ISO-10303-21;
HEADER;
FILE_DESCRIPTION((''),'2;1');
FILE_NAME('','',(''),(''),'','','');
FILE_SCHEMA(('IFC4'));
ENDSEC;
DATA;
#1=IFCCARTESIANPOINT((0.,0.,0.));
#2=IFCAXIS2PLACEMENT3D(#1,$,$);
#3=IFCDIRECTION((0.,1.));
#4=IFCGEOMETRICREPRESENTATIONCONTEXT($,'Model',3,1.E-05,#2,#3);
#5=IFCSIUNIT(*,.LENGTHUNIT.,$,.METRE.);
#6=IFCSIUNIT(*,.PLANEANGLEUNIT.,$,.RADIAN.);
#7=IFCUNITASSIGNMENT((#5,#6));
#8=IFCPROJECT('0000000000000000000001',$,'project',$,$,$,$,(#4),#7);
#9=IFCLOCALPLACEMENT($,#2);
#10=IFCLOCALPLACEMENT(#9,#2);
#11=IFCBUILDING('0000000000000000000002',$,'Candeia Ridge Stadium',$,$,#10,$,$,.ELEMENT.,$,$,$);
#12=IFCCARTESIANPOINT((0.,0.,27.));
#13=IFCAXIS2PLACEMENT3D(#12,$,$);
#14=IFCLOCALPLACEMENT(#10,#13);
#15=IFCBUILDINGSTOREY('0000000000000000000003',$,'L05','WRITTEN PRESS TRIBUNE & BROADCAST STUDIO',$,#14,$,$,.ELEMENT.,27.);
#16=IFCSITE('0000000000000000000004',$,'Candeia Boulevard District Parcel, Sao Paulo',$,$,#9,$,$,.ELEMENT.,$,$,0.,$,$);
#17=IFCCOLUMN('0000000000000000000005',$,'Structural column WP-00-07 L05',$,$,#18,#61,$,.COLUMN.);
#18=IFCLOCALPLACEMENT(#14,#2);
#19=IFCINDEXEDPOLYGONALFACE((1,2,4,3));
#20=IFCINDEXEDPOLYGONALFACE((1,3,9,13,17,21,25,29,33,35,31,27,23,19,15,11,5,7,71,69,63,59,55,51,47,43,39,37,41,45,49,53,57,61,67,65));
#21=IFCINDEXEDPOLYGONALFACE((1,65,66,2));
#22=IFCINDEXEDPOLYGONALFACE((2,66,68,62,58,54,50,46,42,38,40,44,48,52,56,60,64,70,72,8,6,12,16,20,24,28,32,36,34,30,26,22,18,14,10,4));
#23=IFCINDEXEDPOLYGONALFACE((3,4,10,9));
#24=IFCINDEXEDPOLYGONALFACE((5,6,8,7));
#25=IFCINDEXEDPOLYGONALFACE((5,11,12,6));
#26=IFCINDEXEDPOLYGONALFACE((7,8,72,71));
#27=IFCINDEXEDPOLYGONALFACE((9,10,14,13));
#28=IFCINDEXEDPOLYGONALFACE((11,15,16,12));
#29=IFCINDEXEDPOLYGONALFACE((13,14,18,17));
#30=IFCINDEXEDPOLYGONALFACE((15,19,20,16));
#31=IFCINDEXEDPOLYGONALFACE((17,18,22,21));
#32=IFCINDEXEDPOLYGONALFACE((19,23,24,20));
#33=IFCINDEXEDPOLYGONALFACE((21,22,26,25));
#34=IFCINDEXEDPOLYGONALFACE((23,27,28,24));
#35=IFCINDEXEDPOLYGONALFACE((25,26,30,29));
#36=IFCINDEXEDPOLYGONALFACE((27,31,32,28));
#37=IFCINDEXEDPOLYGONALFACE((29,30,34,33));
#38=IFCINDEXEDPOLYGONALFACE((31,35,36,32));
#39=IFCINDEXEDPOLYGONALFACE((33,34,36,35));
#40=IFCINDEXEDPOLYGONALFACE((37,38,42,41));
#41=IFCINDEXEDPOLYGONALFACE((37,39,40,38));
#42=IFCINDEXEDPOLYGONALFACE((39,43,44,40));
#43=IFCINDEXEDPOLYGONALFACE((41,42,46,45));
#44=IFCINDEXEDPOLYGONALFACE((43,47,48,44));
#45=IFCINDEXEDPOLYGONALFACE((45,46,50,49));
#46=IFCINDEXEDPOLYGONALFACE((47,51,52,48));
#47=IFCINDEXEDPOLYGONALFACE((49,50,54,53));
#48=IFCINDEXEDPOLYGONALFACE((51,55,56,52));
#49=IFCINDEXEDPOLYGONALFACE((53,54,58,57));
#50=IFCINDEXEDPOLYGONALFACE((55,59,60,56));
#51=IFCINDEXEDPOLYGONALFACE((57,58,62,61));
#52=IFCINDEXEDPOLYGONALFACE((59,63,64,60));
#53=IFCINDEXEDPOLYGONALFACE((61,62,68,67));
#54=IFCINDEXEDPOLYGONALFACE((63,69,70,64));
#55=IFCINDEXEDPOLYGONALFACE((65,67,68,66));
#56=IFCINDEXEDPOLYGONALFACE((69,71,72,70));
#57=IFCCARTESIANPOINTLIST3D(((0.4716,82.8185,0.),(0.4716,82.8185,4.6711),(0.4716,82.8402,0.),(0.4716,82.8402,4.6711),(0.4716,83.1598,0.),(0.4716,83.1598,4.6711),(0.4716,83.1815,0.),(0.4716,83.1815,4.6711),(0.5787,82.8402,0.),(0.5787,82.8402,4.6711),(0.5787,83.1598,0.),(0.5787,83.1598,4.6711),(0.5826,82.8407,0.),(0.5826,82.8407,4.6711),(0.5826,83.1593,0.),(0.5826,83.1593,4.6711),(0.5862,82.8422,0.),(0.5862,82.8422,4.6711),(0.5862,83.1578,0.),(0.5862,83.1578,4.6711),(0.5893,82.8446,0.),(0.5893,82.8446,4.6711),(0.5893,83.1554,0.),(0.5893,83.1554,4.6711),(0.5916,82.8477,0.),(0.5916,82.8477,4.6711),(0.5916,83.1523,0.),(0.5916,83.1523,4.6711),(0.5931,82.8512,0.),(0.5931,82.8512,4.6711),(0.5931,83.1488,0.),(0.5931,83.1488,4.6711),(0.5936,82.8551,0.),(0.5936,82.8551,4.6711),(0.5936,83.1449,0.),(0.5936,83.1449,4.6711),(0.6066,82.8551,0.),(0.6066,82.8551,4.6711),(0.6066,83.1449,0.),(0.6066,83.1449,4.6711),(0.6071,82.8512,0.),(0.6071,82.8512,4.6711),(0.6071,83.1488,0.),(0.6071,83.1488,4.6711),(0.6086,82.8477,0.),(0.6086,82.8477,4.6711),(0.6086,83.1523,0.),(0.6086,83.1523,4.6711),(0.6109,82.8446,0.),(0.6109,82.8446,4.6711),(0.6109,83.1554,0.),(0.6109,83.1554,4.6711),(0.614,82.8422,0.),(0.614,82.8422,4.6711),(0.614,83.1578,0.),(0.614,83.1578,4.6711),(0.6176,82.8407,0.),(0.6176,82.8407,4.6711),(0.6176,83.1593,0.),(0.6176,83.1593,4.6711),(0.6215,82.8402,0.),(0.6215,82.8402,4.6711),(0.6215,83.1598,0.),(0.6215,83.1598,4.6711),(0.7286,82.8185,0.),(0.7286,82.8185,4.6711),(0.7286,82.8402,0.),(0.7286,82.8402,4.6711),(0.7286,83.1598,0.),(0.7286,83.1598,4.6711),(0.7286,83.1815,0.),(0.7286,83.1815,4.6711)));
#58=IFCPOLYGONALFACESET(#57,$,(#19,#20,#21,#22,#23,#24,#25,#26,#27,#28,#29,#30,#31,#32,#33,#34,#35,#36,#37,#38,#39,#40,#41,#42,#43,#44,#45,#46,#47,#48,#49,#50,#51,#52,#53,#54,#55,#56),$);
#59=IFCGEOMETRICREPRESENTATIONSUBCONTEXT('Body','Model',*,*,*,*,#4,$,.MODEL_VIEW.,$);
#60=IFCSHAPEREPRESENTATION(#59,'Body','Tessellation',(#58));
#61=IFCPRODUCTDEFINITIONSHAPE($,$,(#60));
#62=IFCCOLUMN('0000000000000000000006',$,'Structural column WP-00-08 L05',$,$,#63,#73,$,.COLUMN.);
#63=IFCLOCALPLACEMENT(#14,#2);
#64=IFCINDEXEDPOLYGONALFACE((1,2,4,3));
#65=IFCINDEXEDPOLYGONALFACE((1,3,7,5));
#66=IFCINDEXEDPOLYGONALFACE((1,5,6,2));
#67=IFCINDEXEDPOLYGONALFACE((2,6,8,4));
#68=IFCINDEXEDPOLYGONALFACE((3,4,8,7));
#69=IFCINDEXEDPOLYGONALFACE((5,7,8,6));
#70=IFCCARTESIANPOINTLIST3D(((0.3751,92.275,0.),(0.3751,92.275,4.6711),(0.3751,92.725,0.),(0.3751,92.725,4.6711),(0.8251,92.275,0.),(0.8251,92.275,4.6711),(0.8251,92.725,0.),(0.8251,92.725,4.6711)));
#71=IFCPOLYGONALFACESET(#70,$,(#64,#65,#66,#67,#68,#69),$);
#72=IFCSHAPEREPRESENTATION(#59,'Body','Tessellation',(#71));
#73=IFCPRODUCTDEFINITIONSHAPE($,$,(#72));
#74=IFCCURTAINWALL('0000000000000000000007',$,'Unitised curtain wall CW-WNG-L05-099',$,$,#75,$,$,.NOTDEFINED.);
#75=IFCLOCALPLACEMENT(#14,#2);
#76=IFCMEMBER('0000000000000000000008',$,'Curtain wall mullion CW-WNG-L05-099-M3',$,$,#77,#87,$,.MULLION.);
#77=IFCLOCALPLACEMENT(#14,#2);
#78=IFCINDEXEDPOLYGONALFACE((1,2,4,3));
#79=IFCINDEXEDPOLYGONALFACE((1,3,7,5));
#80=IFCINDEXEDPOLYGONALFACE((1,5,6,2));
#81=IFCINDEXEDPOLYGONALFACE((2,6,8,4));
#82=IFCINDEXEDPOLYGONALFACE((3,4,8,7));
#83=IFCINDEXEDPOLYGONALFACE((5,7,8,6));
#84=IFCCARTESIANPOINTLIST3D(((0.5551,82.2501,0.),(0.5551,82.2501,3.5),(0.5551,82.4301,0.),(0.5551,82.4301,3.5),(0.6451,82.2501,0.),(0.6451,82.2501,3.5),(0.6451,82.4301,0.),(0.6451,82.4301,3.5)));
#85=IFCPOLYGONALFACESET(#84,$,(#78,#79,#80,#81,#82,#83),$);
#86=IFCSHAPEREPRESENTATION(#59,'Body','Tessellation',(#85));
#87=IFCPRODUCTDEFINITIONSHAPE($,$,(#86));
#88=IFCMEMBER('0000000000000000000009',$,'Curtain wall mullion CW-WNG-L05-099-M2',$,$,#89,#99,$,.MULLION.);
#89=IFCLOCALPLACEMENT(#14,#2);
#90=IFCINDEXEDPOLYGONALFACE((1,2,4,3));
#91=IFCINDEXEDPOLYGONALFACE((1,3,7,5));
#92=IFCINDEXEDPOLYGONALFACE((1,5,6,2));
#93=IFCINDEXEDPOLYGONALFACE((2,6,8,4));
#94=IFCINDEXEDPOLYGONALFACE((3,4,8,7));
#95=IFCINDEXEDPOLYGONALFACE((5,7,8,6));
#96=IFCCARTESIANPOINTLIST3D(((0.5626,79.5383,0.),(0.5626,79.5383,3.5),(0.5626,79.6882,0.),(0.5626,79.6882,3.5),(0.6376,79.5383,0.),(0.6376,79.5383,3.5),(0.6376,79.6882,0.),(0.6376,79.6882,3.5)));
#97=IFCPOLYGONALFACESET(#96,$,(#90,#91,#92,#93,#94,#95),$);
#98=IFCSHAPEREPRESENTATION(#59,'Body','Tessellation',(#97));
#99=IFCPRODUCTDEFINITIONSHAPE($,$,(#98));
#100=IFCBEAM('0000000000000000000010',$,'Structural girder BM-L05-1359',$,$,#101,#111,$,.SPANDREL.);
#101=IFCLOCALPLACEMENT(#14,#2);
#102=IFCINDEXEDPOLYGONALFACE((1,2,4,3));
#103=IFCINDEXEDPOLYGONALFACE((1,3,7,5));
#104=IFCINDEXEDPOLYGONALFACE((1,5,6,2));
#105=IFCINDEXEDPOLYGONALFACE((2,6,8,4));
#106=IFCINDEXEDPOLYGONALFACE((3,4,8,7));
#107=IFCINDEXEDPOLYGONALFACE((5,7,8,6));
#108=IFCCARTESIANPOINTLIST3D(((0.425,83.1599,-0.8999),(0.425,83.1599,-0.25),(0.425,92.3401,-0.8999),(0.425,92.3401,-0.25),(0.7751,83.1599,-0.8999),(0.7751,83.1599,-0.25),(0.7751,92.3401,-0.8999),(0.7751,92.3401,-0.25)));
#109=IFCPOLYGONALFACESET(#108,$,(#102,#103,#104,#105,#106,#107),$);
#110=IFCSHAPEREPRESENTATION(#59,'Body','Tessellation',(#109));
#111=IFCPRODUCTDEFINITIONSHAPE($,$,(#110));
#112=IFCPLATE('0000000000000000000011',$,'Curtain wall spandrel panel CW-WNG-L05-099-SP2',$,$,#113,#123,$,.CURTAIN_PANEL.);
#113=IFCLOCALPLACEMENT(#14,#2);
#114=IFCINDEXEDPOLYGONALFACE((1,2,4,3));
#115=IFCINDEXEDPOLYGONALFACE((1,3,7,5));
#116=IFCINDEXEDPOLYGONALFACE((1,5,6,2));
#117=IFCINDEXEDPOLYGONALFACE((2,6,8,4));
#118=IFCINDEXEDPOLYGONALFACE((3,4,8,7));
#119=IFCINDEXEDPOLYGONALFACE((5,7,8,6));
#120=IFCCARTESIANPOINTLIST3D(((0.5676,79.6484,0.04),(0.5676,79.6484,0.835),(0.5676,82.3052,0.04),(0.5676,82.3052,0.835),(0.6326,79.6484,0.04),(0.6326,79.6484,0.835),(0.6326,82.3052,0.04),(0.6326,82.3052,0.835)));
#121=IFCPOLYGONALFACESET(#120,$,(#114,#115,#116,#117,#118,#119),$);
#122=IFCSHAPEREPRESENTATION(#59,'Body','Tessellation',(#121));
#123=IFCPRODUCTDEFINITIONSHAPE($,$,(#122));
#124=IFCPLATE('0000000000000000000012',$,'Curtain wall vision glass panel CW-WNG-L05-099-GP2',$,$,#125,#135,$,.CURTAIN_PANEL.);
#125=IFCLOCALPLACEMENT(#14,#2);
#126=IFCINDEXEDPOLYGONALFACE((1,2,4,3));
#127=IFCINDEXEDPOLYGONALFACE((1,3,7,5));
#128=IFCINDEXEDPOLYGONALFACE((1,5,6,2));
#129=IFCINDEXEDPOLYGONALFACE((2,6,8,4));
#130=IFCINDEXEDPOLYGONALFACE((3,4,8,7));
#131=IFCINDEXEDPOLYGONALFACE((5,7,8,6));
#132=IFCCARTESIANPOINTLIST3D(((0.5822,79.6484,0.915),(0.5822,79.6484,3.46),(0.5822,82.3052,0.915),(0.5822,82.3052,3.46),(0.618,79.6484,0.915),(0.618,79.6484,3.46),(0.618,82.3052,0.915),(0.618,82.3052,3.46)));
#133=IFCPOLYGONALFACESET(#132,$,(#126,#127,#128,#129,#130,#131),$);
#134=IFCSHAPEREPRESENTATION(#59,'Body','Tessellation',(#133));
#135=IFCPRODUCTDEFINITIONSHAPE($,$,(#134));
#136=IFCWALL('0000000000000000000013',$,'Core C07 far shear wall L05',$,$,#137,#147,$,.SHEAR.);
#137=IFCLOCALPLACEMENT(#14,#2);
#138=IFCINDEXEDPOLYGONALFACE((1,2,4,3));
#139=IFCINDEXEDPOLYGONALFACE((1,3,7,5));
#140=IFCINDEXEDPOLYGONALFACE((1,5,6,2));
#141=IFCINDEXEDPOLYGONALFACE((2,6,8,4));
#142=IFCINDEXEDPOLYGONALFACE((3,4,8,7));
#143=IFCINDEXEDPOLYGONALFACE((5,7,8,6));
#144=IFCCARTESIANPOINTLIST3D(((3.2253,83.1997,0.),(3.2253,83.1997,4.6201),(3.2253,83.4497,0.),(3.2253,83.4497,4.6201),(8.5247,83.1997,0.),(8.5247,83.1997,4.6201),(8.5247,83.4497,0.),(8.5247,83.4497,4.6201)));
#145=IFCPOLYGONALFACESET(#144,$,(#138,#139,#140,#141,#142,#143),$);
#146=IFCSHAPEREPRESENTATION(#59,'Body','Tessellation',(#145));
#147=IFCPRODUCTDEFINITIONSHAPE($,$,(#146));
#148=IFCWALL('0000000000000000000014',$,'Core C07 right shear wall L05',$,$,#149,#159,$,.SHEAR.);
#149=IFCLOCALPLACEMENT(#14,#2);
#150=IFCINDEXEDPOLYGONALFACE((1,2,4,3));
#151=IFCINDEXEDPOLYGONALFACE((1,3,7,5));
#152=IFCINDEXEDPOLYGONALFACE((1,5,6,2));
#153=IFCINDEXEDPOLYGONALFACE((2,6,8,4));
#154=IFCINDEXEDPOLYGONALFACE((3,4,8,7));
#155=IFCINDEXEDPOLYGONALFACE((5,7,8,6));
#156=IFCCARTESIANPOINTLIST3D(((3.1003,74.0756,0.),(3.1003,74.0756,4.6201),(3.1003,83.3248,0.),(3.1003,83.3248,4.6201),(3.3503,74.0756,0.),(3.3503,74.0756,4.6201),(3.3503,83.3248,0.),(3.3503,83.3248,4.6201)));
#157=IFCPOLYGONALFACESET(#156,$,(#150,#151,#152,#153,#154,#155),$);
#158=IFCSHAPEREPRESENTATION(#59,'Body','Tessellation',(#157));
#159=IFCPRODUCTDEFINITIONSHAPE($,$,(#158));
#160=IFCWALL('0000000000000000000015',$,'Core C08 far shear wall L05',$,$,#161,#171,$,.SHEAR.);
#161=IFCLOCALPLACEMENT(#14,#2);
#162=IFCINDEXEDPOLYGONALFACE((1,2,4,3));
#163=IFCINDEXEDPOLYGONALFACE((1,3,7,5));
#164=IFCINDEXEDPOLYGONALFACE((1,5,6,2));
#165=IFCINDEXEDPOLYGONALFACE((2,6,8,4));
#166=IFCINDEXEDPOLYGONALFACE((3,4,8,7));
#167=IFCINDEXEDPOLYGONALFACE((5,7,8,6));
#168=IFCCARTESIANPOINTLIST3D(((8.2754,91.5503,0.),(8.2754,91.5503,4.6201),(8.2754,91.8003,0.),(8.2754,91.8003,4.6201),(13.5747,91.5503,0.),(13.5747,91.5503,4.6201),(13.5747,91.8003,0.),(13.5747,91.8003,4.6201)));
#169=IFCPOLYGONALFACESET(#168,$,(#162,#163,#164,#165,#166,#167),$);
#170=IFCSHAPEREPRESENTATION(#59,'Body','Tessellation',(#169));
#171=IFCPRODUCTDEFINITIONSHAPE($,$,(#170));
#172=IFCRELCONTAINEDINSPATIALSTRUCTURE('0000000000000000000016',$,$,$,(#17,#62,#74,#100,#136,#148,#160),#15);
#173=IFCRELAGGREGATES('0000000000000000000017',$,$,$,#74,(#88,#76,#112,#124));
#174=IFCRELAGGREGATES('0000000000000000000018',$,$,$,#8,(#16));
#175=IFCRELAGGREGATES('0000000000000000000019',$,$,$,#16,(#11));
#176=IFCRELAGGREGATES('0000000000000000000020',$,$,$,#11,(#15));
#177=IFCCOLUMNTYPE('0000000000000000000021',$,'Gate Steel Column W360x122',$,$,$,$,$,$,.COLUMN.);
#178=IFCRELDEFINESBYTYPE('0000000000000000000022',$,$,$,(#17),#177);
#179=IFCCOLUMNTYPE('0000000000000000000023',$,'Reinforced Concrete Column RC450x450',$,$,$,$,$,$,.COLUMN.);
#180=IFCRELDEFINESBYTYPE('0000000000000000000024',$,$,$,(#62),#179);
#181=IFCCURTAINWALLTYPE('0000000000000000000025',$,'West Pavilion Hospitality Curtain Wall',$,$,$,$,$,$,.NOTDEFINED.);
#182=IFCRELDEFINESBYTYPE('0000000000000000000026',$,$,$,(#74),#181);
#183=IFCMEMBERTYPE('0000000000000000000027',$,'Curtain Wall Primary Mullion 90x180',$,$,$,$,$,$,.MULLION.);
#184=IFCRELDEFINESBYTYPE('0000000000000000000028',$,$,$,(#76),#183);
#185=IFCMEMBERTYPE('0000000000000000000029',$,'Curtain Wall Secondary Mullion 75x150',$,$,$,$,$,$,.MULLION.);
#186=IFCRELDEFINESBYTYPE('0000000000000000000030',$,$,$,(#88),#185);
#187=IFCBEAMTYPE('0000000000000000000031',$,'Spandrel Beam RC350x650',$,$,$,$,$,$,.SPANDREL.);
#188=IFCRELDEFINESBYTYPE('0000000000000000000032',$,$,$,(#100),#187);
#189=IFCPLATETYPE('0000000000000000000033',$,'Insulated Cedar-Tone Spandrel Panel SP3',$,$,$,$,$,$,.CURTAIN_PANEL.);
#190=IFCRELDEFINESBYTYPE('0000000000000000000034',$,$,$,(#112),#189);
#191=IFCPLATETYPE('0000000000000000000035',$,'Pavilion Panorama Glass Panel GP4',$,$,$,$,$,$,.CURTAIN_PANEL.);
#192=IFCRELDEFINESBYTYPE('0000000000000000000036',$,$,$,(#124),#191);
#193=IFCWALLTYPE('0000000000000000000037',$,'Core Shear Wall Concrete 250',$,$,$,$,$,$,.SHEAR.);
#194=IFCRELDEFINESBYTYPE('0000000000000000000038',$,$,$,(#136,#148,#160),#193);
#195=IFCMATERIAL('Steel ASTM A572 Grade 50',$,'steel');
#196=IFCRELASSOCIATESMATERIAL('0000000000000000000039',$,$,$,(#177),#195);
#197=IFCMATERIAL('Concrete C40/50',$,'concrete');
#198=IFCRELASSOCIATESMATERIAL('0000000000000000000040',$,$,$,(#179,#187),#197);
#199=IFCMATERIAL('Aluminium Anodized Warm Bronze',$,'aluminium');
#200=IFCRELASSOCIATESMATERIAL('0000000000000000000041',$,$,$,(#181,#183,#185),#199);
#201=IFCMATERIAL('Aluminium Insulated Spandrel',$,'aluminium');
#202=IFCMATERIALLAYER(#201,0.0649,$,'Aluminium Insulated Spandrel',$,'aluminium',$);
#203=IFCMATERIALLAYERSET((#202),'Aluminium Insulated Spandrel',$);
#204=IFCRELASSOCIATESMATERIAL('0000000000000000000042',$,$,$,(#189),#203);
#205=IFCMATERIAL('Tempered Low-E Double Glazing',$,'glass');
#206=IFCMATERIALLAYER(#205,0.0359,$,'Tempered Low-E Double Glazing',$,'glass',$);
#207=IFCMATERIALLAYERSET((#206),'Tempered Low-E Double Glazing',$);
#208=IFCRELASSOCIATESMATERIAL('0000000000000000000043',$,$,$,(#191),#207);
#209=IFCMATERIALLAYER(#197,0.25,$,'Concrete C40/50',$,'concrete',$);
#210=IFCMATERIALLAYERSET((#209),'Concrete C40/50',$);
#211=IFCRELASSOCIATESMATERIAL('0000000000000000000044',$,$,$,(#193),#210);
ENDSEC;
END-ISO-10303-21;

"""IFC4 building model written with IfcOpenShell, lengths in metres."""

from ifc_helpers import new_model, si_unit, direction, frame, frame_2d, origin, origin_2d, place, context, subcontext, project, spatial, rectangle, i_section, extrude, material, layer, layer_set, material_profile, profile_set, type_object, element, aggregate, save


model = new_model("IFC4")

# Units and contexts
model_context = context("Model", 3, precision=1e-05, world=origin(), true_north=direction((0.0, 1.0)))
body_context = subcontext(model_context, "Body", "Model", "MODEL_VIEW")
ifc_project = project(units=[si_unit("LENGTHUNIT", "METRE"), si_unit("PLANEANGLEUNIT", "RADIAN")], contexts=[model_context])

# Site, building, storey
site_placement = place(None, origin())
site = spatial("IfcSite", under=ifc_project, at=site_placement, Name="Candeia Boulevard District Parcel, Sao Paulo", CompositionType="ELEMENT", RefElevation=0.0)
building_placement = place(site_placement, origin())
building = spatial("IfcBuilding", under=site, at=building_placement, Name="Candeia Ridge Stadium", CompositionType="ELEMENT")
storey_placement = place(building_placement, frame((0.0, 0.0, 27.0)))
storey = spatial("IfcBuildingStorey", under=building, at=storey_placement, Name="L05", Description="WRITTEN PRESS TRIBUNE & BROADCAST STUDIO", CompositionType="ELEMENT", Elevation=27.0)

# Columns
ifc_material_1 = material(Name="Steel ASTM A572 Grade 50", Category="steel")
ifc_material_profile_1 = material_profile(ifc_material_1, i_section(OverallWidth=0.2571, OverallDepth=0.363, WebThickness=0.0129, FlangeThickness=0.0217, FilletRadius=0.0149, at=origin_2d()), Name="W360x122", Category="steel")
ifc_profile_set_1 = profile_set([ifc_material_profile_1], Name="Steel ASTM A572 Grade 50")
column_type_1 = type_object("IfcColumnType", Name="Gate Steel Column W360x122", PredefinedType="COLUMN", material=ifc_profile_set_1)
column_1_placement = place(storey_placement, frame((0.6001, 83.0, 0.0), z_axis=(0.0, 0.0, 1.0), x_axis=(1.0, 0.0, 0.0)))
element("IfcColumn", 1, at=column_1_placement, inside=storey, type_object=column_type_1, Name="Structural column WP-00-07 L05", PredefinedType="COLUMN", context=body_context, shape_type="SweptSolid", body=[
    extrude(i_section(OverallWidth=0.2571, OverallDepth=0.363, WebThickness=0.0129, FlangeThickness=0.0217, FilletRadius=0.0149, at=origin_2d()), origin(), (0.0, 0.0, 1.0), 4.6711),
])
ifc_material_2 = material(Name="Concrete C40/50", Category="concrete")
ifc_material_profile_2 = material_profile(ifc_material_2, rectangle(XDim=0.45, YDim=0.45, at=origin_2d()), Name="RC450x450", Category="concrete")
ifc_profile_set_2 = profile_set([ifc_material_profile_2], Name="Concrete C40/50")
column_type_2 = type_object("IfcColumnType", Name="Reinforced Concrete Column RC450x450", PredefinedType="COLUMN", material=ifc_profile_set_2)
column_2_placement = place(storey_placement, frame((0.6001, 92.5, 0.0), z_axis=(0.0, 0.0, 1.0), x_axis=(1.0, 0.0, 0.0)))
element("IfcColumn", 2, at=column_2_placement, inside=storey, type_object=column_type_2, Name="Structural column WP-00-08 L05", PredefinedType="COLUMN", context=body_context, shape_type="SweptSolid", body=[
    extrude(rectangle(XDim=0.45, YDim=0.45, at=origin_2d()), origin(), (0.0, 0.0, 1.0), 4.6711),
])

# Curtain wall, members
ifc_material_3 = material(Name="Aluminium Anodized Warm Bronze", Category="aluminium")
curtain_wall_type = type_object("IfcCurtainWallType", Name="West Pavilion Hospitality Curtain Wall", PredefinedType="NOTDEFINED", material=ifc_material_3)
curtain_wall_placement = place(storey_placement, origin())
curtain_wall = element("IfcCurtainWall", 3, at=curtain_wall_placement, inside=storey, type_object=curtain_wall_type, Name="Unitised curtain wall CW-WNG-L05-099", PredefinedType="NOTDEFINED")
ifc_material_profile_3 = material_profile(ifc_material_3, rectangle(XDim=0.0901, YDim=0.1799, at=origin_2d()), Name="CWM-90x180", Category="aluminium")
ifc_profile_set_3 = profile_set([ifc_material_profile_3], Name="Aluminium Anodized Warm Bronze")
member_type_1 = type_object("IfcMemberType", Name="Curtain Wall Primary Mullion 90x180", PredefinedType="MULLION", material=ifc_profile_set_3)
member_1_placement = place(storey_placement, frame((0.6001, 82.3401, 0.0), z_axis=(0.0, 0.0, 1.0), x_axis=(1.0, 0.0, 0.0)))
member_1 = element("IfcMember", 4, at=member_1_placement, type_object=member_type_1, Name="Curtain wall mullion CW-WNG-L05-099-M3", PredefinedType="MULLION", context=body_context, shape_type="SweptSolid", body=[
    extrude(rectangle(XDim=0.0901, YDim=0.1799, at=origin_2d()), origin(), (0.0, 0.0, 1.0), 3.5),
])
ifc_material_profile_4 = material_profile(ifc_material_3, rectangle(XDim=0.075, YDim=0.1499, at=origin_2d()), Name="CWM-75x150", Category="aluminium")
ifc_profile_set_4 = profile_set([ifc_material_profile_4], Name="Aluminium Anodized Warm Bronze")
member_type_2 = type_object("IfcMemberType", Name="Curtain Wall Secondary Mullion 75x150", PredefinedType="MULLION", material=ifc_profile_set_4)
member_2_placement = place(storey_placement, frame((0.6001, 79.6133, 0.0), z_axis=(0.0, 0.0, 1.0), x_axis=(1.0, 0.0, 0.0)))
member_2 = element("IfcMember", 5, at=member_2_placement, type_object=member_type_2, Name="Curtain wall mullion CW-WNG-L05-099-M2", PredefinedType="MULLION", context=body_context, shape_type="SweptSolid", body=[
    extrude(rectangle(XDim=0.075, YDim=0.1499, at=origin_2d()), origin(), (0.0, 0.0, 1.0), 3.5),
])

# Beam
ifc_material_profile_5 = material_profile(ifc_material_2, rectangle(XDim=0.3501, YDim=0.6499, at=origin_2d()), Name="RC350x650", Category="concrete")
ifc_profile_set_5 = profile_set([ifc_material_profile_5], Name="Concrete C40/50")
beam_type = type_object("IfcBeamType", Name="Spandrel Beam RC350x650", PredefinedType="SPANDREL", material=ifc_profile_set_5)
beam_placement = place(storey_placement, frame((0.6001, 83.1599, -0.575), z_axis=(0.0, 1.0, 0.0), x_axis=(-1.0, 0.0, 0.0)))
element("IfcBeam", 6, at=beam_placement, inside=storey, type_object=beam_type, Name="Structural girder BM-L05-1359", PredefinedType="SPANDREL", context=body_context, shape_type="SweptSolid", body=[
    extrude(rectangle(XDim=0.3501, YDim=0.6499, at=origin_2d()), origin(), (0.0, 0.0, 1.0), 9.1802),
])

# Plates
ifc_material_4 = material(Name="Aluminium Insulated Spandrel", Category="aluminium")
ifc_layer_1 = layer(ifc_material_4, 0.0649, Name="Aluminium Insulated Spandrel", Category="aluminium")
ifc_layer_set_1 = layer_set([ifc_layer_1], Name="Aluminium Insulated Spandrel")
plate_type_1 = type_object("IfcPlateType", Name="Insulated Cedar-Tone Spandrel Panel SP3", PredefinedType="CURTAIN_PANEL", material=ifc_layer_set_1)
plate_1_placement = place(storey_placement, frame((0.6001, 80.9768, 0.04), z_axis=(0.0, 0.0, 1.0), x_axis=(0.0, 1.0, 0.0)))
plate_1 = element("IfcPlate", 7, at=plate_1_placement, type_object=plate_type_1, Name="Curtain wall spandrel panel CW-WNG-L05-099-SP2", PredefinedType="CURTAIN_PANEL", context=body_context, shape_type="SweptSolid", body=[
    extrude(rectangle(XDim=2.6567, YDim=0.0649, at=origin_2d()), origin(), (0.0, 0.0, 1.0), 0.7949),
])
ifc_material_5 = material(Name="Tempered Low-E Double Glazing", Category="glass")
ifc_layer_2 = layer(ifc_material_5, 0.0359, Name="Tempered Low-E Double Glazing", Category="glass")
ifc_layer_set_2 = layer_set([ifc_layer_2], Name="Tempered Low-E Double Glazing")
plate_type_2 = type_object("IfcPlateType", Name="Pavilion Panorama Glass Panel GP4", PredefinedType="CURTAIN_PANEL", material=ifc_layer_set_2)
plate_2_placement = place(storey_placement, frame((0.6001, 80.9768, 0.915), z_axis=(0.0, 0.0, 1.0), x_axis=(0.0, 1.0, 0.0)))
plate_2 = element("IfcPlate", 8, at=plate_2_placement, type_object=plate_type_2, Name="Curtain wall vision glass panel CW-WNG-L05-099-GP2", PredefinedType="CURTAIN_PANEL", context=body_context, shape_type="SweptSolid", body=[
    extrude(rectangle(XDim=2.6567, YDim=0.0359, at=origin_2d()), origin(), (0.0, 0.0, 1.0), 2.5449),
])
aggregate(curtain_wall, [member_2, member_1, plate_1, plate_2])

# Walls
ifc_layer_3 = layer(ifc_material_2, 0.25, Name="Concrete C40/50", Category="concrete")
ifc_layer_set_3 = layer_set([ifc_layer_3], Name="Concrete C40/50")
wall_type_1 = type_object("IfcWallType", Name="Core Shear Wall Concrete 250", PredefinedType="SHEAR", material=ifc_layer_set_3)
wall_1_placement = place(storey_placement, frame((8.5247, 83.3247, 0.0), z_axis=(0.0, 0.0, 1.0), x_axis=(-1.0, 0.0, 0.0)))
element("IfcWall", 9, at=wall_1_placement, inside=storey, type_object=wall_type_1, Name="Core C07 far shear wall L05", PredefinedType="SHEAR", context=body_context, shape_type="SweptSolid", body=[
    extrude(rectangle(XDim=5.2993, YDim=0.25, at=frame_2d((2.6497, 0.0))), origin(), (0.0, 0.0, 1.0), 4.6201),
])
wall_2_placement = place(storey_placement, frame((3.2253, 83.3247, 0.0), z_axis=(0.0, 0.0, 1.0), x_axis=(0.0, -1.0, 0.0)))
element("IfcWall", 10, at=wall_2_placement, inside=storey, type_object=wall_type_1, Name="Core C07 right shear wall L05", PredefinedType="SHEAR", context=body_context, shape_type="SweptSolid", body=[
    extrude(rectangle(XDim=9.2493, YDim=0.25, at=frame_2d((4.6245, 0.0))), origin(), (0.0, 0.0, 1.0), 4.6201),
])
wall_3_placement = place(storey_placement, frame((8.2754, 91.6753, 0.0), z_axis=(0.0, 0.0, 1.0), x_axis=(1.0, 0.0, 0.0)))
element("IfcWall", 11, at=wall_3_placement, inside=storey, type_object=wall_type_1, Name="Core C08 far shear wall L05", PredefinedType="SHEAR", context=body_context, shape_type="SweptSolid", body=[
    extrude(rectangle(XDim=5.2993, YDim=0.25, at=frame_2d((2.6497, 0.0))), origin(), (0.0, 0.0, 1.0), 4.6201),
])

save(model, "model.ifc")
